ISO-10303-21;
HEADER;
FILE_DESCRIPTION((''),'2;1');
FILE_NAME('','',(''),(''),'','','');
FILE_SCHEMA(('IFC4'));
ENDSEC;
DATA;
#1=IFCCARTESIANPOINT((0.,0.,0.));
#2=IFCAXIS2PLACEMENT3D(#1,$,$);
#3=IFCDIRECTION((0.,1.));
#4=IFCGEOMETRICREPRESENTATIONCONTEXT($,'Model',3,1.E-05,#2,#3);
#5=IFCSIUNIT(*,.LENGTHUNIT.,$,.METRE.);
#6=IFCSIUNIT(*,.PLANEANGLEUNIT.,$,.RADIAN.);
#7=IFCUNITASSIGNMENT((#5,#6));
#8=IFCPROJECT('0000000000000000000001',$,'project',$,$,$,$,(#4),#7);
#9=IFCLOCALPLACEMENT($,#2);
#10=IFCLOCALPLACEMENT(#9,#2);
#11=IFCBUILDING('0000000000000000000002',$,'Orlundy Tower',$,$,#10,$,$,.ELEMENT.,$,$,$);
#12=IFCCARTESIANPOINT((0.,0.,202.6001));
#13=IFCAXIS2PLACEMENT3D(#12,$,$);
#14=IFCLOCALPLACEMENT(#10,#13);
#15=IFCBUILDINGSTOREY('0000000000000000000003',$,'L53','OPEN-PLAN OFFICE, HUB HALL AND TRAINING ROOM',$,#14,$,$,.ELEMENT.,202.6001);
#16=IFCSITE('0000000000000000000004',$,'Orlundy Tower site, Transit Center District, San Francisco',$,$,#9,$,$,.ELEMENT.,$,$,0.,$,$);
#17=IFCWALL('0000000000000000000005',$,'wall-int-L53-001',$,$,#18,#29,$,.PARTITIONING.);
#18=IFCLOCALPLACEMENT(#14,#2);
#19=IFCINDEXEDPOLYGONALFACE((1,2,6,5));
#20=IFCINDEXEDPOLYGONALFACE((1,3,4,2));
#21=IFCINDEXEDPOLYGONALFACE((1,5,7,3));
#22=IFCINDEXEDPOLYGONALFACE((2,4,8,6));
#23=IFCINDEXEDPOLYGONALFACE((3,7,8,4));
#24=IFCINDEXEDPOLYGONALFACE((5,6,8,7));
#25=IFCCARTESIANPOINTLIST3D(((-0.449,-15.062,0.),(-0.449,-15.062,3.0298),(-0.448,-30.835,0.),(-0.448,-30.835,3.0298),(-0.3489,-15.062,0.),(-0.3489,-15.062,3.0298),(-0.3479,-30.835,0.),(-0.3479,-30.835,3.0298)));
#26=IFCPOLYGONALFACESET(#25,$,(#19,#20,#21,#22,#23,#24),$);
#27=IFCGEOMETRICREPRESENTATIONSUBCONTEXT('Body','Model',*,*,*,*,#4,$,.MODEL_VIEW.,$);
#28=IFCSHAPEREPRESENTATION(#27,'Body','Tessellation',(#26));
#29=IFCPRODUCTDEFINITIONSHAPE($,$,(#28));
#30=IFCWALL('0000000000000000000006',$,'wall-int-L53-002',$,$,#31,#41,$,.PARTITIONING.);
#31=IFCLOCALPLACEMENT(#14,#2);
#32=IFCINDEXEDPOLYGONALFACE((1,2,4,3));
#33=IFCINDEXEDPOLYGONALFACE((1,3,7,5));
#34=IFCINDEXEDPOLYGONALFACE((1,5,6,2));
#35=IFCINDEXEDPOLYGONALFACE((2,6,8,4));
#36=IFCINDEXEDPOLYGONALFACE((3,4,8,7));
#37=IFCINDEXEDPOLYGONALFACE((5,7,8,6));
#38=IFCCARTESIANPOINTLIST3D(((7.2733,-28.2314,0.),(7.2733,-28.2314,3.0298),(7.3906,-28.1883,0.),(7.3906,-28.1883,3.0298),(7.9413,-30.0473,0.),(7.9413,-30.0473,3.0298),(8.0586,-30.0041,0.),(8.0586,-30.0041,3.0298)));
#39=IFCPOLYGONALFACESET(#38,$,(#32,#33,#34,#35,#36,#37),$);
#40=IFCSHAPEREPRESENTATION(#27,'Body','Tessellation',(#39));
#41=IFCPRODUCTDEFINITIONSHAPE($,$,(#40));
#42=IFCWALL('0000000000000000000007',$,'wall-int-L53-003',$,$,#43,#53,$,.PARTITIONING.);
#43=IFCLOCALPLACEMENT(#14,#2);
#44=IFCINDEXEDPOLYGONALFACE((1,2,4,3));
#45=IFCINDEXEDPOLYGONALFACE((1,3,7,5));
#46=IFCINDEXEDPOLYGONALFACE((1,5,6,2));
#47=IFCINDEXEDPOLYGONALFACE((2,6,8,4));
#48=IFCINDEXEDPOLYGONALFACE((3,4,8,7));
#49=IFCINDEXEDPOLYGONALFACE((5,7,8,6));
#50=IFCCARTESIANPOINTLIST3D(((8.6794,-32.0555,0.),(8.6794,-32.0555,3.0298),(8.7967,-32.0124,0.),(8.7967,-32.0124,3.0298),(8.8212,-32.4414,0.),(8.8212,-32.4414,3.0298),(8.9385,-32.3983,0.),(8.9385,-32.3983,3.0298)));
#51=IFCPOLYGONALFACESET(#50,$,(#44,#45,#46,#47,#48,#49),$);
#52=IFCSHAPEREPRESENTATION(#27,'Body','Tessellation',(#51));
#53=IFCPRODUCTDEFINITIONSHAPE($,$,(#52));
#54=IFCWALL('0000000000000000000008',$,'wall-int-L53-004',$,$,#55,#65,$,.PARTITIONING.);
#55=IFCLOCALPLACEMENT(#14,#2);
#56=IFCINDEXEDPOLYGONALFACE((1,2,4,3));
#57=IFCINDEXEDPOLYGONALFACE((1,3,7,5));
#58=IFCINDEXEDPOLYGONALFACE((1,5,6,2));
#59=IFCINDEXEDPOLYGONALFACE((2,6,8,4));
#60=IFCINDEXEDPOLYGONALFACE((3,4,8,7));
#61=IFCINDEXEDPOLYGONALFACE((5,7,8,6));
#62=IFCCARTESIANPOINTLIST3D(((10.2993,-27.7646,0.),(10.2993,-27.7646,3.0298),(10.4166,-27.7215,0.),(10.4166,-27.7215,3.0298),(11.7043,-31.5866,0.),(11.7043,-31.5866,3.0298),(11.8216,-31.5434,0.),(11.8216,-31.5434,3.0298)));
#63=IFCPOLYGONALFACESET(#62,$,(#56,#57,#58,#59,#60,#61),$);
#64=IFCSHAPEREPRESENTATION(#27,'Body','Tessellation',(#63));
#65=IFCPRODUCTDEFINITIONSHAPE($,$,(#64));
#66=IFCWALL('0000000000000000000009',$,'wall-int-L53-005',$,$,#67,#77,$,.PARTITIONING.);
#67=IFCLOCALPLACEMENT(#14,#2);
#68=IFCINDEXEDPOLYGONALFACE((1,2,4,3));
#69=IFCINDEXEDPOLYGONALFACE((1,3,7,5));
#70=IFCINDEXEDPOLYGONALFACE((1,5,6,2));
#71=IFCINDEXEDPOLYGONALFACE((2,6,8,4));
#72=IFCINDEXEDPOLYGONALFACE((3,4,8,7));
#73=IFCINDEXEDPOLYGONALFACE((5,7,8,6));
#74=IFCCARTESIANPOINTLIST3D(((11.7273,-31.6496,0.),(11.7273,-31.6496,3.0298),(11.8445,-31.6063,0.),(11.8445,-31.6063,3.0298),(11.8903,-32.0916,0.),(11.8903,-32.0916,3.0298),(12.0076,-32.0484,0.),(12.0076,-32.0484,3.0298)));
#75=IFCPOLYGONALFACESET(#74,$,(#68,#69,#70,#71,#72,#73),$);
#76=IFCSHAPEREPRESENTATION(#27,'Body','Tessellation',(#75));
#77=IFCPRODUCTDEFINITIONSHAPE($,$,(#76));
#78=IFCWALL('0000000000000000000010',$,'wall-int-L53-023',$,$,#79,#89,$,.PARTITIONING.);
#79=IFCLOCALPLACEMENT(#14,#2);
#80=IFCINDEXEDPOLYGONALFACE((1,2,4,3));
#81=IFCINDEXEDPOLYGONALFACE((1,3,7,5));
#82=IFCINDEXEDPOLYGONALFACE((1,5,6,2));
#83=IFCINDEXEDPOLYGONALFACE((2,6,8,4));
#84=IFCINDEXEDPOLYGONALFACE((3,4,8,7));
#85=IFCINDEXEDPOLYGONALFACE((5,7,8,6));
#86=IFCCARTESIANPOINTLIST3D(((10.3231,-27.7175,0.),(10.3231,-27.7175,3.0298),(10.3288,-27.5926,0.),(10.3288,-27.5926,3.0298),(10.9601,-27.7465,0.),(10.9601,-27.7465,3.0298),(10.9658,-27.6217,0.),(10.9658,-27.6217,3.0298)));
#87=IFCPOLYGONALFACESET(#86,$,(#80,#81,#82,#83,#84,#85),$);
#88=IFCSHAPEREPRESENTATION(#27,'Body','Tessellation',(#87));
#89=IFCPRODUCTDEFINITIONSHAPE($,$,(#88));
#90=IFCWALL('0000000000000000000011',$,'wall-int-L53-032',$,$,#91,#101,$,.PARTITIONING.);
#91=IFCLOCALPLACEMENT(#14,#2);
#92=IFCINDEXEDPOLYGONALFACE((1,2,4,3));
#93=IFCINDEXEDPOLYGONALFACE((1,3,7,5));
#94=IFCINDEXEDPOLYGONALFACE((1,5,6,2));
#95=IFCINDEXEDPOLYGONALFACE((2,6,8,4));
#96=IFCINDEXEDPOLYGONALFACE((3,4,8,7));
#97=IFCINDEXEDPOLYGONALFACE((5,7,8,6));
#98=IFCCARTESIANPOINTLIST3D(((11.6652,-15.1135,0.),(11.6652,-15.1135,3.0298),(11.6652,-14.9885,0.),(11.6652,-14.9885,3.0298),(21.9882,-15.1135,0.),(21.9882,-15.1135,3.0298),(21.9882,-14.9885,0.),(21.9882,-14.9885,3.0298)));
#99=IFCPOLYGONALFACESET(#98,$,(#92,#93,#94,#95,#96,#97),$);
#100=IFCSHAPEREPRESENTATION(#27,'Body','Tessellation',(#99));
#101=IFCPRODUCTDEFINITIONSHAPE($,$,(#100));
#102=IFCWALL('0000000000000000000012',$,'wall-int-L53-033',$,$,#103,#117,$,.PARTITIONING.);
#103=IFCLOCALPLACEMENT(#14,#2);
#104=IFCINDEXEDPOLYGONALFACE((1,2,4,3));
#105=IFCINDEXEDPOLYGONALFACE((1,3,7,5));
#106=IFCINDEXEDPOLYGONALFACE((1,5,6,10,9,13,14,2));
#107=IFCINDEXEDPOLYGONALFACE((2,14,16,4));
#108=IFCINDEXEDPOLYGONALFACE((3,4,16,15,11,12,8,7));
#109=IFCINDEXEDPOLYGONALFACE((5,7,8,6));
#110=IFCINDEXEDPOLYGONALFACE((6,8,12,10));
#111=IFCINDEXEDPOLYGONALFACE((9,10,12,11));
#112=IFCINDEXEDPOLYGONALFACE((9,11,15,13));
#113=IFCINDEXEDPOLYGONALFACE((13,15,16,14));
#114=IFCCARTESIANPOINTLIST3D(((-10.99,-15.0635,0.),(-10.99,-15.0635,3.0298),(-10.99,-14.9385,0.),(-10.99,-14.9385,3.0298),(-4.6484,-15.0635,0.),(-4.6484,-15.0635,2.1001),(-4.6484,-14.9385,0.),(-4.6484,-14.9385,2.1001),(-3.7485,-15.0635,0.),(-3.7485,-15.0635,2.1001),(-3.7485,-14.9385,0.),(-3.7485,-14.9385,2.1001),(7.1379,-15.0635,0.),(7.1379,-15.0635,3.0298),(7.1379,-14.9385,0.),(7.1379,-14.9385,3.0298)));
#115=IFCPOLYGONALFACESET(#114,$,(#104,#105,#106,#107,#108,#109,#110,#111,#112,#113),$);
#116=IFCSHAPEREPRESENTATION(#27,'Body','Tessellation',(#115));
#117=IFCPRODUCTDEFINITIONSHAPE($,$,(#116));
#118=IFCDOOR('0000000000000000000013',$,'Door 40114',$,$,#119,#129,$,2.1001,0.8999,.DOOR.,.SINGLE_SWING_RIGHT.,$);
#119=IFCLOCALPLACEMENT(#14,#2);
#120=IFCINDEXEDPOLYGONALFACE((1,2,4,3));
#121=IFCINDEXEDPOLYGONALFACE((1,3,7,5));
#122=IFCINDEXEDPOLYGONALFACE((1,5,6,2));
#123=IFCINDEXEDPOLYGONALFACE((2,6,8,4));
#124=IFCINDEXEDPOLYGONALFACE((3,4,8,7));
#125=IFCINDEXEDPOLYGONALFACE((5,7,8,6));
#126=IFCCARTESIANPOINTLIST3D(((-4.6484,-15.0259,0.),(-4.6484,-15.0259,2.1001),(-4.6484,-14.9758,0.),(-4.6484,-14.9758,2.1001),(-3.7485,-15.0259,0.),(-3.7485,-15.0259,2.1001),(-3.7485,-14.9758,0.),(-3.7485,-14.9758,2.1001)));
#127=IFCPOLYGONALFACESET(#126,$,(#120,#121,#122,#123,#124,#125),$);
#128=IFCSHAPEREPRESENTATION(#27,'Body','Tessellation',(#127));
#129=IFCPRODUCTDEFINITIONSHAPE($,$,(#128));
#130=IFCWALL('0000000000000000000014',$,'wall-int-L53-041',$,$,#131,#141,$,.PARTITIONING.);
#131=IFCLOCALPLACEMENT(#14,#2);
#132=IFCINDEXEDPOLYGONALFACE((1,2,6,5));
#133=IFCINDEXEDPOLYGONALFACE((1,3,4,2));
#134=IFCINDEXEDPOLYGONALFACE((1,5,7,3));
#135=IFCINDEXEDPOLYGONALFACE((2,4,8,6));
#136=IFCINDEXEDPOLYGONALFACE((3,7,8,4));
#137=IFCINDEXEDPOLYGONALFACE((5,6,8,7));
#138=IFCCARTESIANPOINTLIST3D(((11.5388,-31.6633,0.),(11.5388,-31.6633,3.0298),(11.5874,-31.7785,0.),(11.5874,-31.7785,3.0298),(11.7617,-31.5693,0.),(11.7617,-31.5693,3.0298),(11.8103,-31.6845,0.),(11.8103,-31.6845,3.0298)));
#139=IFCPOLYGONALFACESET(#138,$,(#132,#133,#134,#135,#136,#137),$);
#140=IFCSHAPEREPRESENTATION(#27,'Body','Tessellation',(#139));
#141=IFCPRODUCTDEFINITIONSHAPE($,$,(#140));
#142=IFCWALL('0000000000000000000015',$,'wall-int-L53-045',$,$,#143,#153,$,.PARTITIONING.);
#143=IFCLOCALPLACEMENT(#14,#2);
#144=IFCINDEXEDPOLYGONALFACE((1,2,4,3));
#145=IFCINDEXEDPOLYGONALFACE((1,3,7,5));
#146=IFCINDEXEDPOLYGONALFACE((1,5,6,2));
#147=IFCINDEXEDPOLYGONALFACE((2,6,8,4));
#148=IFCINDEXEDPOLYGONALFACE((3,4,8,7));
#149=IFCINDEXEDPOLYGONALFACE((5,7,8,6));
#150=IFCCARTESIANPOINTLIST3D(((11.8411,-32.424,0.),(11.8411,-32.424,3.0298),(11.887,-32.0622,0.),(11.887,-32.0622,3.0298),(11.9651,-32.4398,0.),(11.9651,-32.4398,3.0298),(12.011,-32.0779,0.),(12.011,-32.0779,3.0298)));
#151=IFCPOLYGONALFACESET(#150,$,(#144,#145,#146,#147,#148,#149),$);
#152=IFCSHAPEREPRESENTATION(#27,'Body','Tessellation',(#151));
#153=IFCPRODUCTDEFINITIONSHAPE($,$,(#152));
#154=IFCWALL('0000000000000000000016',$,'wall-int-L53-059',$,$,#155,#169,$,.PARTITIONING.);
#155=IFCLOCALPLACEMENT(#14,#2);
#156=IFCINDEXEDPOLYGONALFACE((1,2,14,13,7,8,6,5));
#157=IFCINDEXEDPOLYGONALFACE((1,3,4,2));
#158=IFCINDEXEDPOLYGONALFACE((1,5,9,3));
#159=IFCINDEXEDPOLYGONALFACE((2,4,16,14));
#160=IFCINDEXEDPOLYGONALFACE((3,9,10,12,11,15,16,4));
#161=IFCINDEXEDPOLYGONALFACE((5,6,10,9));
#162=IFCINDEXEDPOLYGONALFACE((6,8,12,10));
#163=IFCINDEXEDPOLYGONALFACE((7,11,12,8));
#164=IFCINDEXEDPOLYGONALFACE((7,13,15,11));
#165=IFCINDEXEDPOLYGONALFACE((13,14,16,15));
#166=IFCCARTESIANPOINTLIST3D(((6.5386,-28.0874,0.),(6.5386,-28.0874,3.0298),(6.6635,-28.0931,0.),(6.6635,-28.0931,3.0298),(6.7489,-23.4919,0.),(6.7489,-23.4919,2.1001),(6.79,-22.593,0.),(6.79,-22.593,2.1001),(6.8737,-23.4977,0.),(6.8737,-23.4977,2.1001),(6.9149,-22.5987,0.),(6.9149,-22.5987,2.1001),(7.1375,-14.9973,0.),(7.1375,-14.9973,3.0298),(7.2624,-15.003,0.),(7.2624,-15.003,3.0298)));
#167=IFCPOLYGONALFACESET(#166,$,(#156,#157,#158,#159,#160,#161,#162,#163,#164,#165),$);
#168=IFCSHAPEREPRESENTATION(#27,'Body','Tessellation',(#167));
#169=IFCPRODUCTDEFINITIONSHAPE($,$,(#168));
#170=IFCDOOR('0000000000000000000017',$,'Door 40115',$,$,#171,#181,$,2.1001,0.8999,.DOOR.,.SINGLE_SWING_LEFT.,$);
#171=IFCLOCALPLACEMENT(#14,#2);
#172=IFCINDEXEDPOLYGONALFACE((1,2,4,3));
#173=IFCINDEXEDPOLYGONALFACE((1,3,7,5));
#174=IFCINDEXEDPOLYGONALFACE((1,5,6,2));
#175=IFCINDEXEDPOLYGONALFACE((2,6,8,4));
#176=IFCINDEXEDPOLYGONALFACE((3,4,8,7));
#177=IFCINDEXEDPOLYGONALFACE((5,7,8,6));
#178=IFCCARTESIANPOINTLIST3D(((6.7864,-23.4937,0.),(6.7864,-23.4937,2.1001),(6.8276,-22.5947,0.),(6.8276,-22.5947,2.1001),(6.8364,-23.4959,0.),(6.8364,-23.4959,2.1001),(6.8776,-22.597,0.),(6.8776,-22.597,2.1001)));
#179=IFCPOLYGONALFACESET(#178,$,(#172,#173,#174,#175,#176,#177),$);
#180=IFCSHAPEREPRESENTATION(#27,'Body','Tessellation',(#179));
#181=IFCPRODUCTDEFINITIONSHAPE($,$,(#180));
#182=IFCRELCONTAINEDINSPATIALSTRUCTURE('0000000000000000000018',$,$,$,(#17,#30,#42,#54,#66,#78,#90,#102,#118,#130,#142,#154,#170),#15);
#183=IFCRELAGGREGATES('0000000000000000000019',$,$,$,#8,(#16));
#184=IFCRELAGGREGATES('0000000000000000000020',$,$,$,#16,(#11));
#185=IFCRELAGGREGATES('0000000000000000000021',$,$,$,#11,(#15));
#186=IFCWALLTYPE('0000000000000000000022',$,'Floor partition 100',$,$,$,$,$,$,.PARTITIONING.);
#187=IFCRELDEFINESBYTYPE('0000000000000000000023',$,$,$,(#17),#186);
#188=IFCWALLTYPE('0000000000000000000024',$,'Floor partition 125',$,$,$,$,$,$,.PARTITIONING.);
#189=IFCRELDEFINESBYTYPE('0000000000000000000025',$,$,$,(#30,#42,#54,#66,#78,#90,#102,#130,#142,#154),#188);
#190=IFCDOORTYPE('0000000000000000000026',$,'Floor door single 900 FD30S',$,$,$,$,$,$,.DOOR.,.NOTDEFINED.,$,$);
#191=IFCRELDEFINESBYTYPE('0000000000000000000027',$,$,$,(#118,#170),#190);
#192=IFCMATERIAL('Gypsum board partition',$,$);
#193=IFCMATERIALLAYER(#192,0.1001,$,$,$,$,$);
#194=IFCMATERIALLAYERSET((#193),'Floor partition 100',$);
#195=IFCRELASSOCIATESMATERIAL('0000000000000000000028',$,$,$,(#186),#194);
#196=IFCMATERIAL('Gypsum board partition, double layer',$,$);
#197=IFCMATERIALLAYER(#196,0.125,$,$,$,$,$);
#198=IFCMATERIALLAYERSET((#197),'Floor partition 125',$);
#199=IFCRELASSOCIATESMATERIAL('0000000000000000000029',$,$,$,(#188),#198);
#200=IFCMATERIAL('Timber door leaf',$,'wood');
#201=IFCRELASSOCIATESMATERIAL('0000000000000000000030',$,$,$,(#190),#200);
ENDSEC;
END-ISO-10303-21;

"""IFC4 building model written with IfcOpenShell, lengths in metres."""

from ifc_helpers import new_model, si_unit, direction, frame, frame_2d, origin, place, context, subcontext, project, spatial, rectangle, extrude, material, layer, layer_set, type_object, element, fill, save


model = new_model("IFC4")

# Units and contexts
model_context = context("Model", 3, precision=1e-05, world=origin(), true_north=direction((0.0, 1.0)))
body_context = subcontext(model_context, "Body", "Model", "MODEL_VIEW")
ifc_project = project(units=[si_unit("LENGTHUNIT", "METRE"), si_unit("PLANEANGLEUNIT", "RADIAN")], contexts=[model_context])

# Site, building, storey
site_placement = place(None, origin())
site = spatial("IfcSite", under=ifc_project, at=site_placement, Name="Orlundy Tower site, Transit Center District, San Francisco", CompositionType="ELEMENT", RefElevation=0.0)
building_placement = place(site_placement, origin())
building = spatial("IfcBuilding", under=site, at=building_placement, Name="Orlundy Tower", CompositionType="ELEMENT")
storey_placement = place(building_placement, frame((0.0, 0.0, 202.6001)))
storey = spatial("IfcBuildingStorey", under=building, at=storey_placement, Name="L53", Description="OPEN-PLAN OFFICE, HUB HALL AND TRAINING ROOM", CompositionType="ELEMENT", Elevation=202.6001)

# Walls
ifc_material_1 = material(Name="Gypsum board partition")
ifc_layer_1 = layer(ifc_material_1, 0.1001)
ifc_layer_set_1 = layer_set([ifc_layer_1], Name="Floor partition 100")
wall_type_1 = type_object("IfcWallType", Name="Floor partition 100", PredefinedType="PARTITIONING", material=ifc_layer_set_1)
wall_1_placement = place(storey_placement, frame((-0.3989, -15.062, 0.0), z_axis=(0.0, 0.0, 1.0), x_axis=(0.000062, -1.0, 0.0)))
element("IfcWall", 1, at=wall_1_placement, inside=storey, type_object=wall_type_1, Name="wall-int-L53-001", PredefinedType="PARTITIONING", context=body_context, shape_type="SweptSolid", body=[
    extrude(rectangle(XDim=15.7729, YDim=0.1001, at=frame_2d((7.8865, 0.0))), origin(), (0.0, 0.0, 1.0), 3.0298),
])
ifc_material_2 = material(Name="Gypsum board partition, double layer")
ifc_layer_2 = layer(ifc_material_2, 0.125)
ifc_layer_set_2 = layer_set([ifc_layer_2], Name="Floor partition 125")
wall_type_2 = type_object("IfcWallType", Name="Floor partition 125", PredefinedType="PARTITIONING", material=ifc_layer_set_2)
wall_2_placement = place(storey_placement, frame((7.332, -28.21, 0.0), z_axis=(0.0, 0.0, 1.0), x_axis=(0.345226, -0.93852, 0.0)))
element("IfcWall", 2, at=wall_2_placement, inside=storey, type_object=wall_type_2, Name="wall-int-L53-002", PredefinedType="PARTITIONING", context=body_context, shape_type="SweptSolid", body=[
    extrude(rectangle(XDim=1.9348, YDim=0.125, at=frame_2d((0.9673, 0.0))), origin(), (0.0, 0.0, 1.0), 3.0298),
])
wall_3_placement = place(storey_placement, frame((8.738, -32.0339, 0.0), z_axis=(0.0, 0.0, 1.0), x_axis=(0.344935, -0.938627, 0.0)))
element("IfcWall", 3, at=wall_3_placement, inside=storey, type_object=wall_type_2, Name="wall-int-L53-003", PredefinedType="PARTITIONING", context=body_context, shape_type="SweptSolid", body=[
    extrude(rectangle(XDim=0.4111, YDim=0.125, at=frame_2d((0.2056, 0.0))), origin(), (0.0, 0.0, 1.0), 3.0298),
])
wall_4_placement = place(storey_placement, frame((10.3579, -27.7429, 0.0), z_axis=(0.0, 0.0, 1.0), x_axis=(0.345038, -0.938589, 0.0)))
element("IfcWall", 4, at=wall_4_placement, inside=storey, type_object=wall_type_2, Name="wall-int-L53-004", PredefinedType="PARTITIONING", context=body_context, shape_type="SweptSolid", body=[
    extrude(rectangle(XDim=4.072, YDim=0.125, at=frame_2d((2.0361, 0.0))), origin(), (0.0, 0.0, 1.0), 3.0298),
])
wall_5_placement = place(storey_placement, frame((11.7859, -31.6279, 0.0), z_axis=(0.0, 0.0, 1.0), x_axis=(0.346065, -0.93821, 0.0)))
element("IfcWall", 5, at=wall_5_placement, inside=storey, type_object=wall_type_2, Name="wall-int-L53-005", PredefinedType="PARTITIONING", context=body_context, shape_type="SweptSolid", body=[
    extrude(rectangle(XDim=0.4712, YDim=0.125, at=frame_2d((0.2356, 0.0))), origin(), (0.0, 0.0, 1.0), 3.0298),
])
wall_6_placement = place(storey_placement, frame((10.3259, -27.655, 0.0), z_axis=(0.0, 0.0, 1.0), x_axis=(0.998961, -0.045564, 0.0)))
element("IfcWall", 6, at=wall_6_placement, inside=storey, type_object=wall_type_2, Name="wall-int-L53-023", PredefinedType="PARTITIONING", context=body_context, shape_type="SweptSolid", body=[
    extrude(rectangle(XDim=0.6377, YDim=0.125, at=frame_2d((0.3188, 0.0))), origin(), (0.0, 0.0, 1.0), 3.0298),
])
wall_7_placement = place(storey_placement, frame((11.665, -15.051, 0.0), z_axis=(0.0, 0.0, 1.0), x_axis=(1.0, 0.0, 0.0)))
element("IfcWall", 7, at=wall_7_placement, inside=storey, type_object=wall_type_2, Name="wall-int-L53-032", PredefinedType="PARTITIONING", context=body_context, shape_type="SweptSolid", body=[
    extrude(rectangle(XDim=10.323, YDim=0.125, at=frame_2d((5.1616, 0.0))), origin(), (0.0, 0.0, 1.0), 3.0298),
])

# Wall, opening, door
wall_8_placement = place(storey_placement, frame((7.1379, -15.001, 0.0), z_axis=(0.0, 0.0, 1.0), x_axis=(-1.0, 0.0, 0.0)))
wall_8 = element("IfcWall", 8, at=wall_8_placement, inside=storey, type_object=wall_type_2, Name="wall-int-L53-033", PredefinedType="PARTITIONING", context=body_context, shape_type="SweptSolid", body=[
    extrude(rectangle(XDim=18.1279, YDim=0.125, at=frame_2d((9.064, 0.0))), origin(), (0.0, 0.0, 1.0), 3.0298),
])
opening_1_placement = place(wall_8_placement, frame((10.8865, 0.0, 0.0)))
opening_1 = element("IfcOpeningElement", 9, at=opening_1_placement, cuts=wall_8, PredefinedType="OPENING", context=body_context, shape_type="SweptSolid", body=[
    extrude(rectangle(XDim=0.8999, YDim=2.1001, at=frame_2d((0.45, 1.05))), frame((0.0, 0.0725, 0.0), z_axis=(0.0, -1.0, 0.0), x_axis=(1.0, 0.0, 0.0)), (0.0, 0.0, 1.0), 0.145),
])
ifc_material_3 = material(Name="Timber door leaf", Category="wood")
door_type_1 = type_object("IfcDoorType", Name="Floor door single 900 FD30S", OperationType="NOTDEFINED", PredefinedType="DOOR", material=ifc_material_3)
door_1_placement = place(opening_1_placement, origin())
door_1 = element("IfcDoor", 10, at=door_1_placement, inside=storey, type_object=door_type_1, Name="Door 40114", OperationType="SINGLE_SWING_RIGHT", OverallHeight=2.1001, OverallWidth=0.8999, PredefinedType="DOOR", context=body_context, shape_type="SweptSolid", body=[
    extrude(rectangle(XDim=0.8999, YDim=2.1001, at=frame_2d((0.45, 1.05))), frame((0.0, 0.0249, 0.0), z_axis=(0.0, -1.0, 0.0), x_axis=(1.0, 0.0, 0.0)), (0.0, 0.0, 1.0), 0.05),
])
fill(opening_1, door_1)

# Walls
wall_9_placement = place(storey_placement, frame((11.563, -31.7209, 0.0), z_axis=(0.0, 0.0, 1.0), x_axis=(0.921426, 0.388553, 0.0)))
element("IfcWall", 11, at=wall_9_placement, inside=storey, type_object=wall_type_2, Name="wall-int-L53-041", PredefinedType="PARTITIONING", context=body_context, shape_type="SweptSolid", body=[
    extrude(rectangle(XDim=0.2419, YDim=0.125, at=frame_2d((0.1211, 0.0))), origin(), (0.0, 0.0, 1.0), 3.0298),
])
wall_10_placement = place(storey_placement, frame((11.9031, -32.4319, 0.0), z_axis=(0.0, 0.0, 1.0), x_axis=(0.125847, 0.99205, 0.0)))
element("IfcWall", 12, at=wall_10_placement, inside=storey, type_object=wall_type_2, Name="wall-int-L53-045", PredefinedType="PARTITIONING", context=body_context, shape_type="SweptSolid", body=[
    extrude(rectangle(XDim=0.3647, YDim=0.125, at=frame_2d((0.1824, 0.0))), origin(), (0.0, 0.0, 1.0), 3.0298),
])

# Wall, opening, door
wall_11_placement = place(storey_placement, frame((6.6011, -28.0901, 0.0), z_axis=(0.0, 0.0, 1.0), x_axis=(0.045703, 0.998955, 0.0)))
wall_11 = element("IfcWall", 13, at=wall_11_placement, inside=storey, type_object=wall_type_2, Name="wall-int-L53-059", PredefinedType="PARTITIONING", context=body_context, shape_type="SweptSolid", body=[
    extrude(rectangle(XDim=13.1038, YDim=0.125, at=frame_2d((6.5518, 0.0))), origin(), (0.0, 0.0, 1.0), 3.0298),
])
opening_2_placement = place(wall_11_placement, frame((4.6001, 0.0, 0.0)))
opening_2 = element("IfcOpeningElement", 14, at=opening_2_placement, cuts=wall_11, PredefinedType="OPENING", context=body_context, shape_type="SweptSolid", body=[
    extrude(rectangle(XDim=0.8999, YDim=2.1001, at=frame_2d((0.45, 1.05))), frame((0.0, 0.0725, 0.0), z_axis=(0.0, -1.0, 0.0), x_axis=(1.0, 0.0, 0.0)), (0.0, 0.0, 1.0), 0.145),
])
door_2_placement = place(opening_2_placement, origin())
door_2 = element("IfcDoor", 15, at=door_2_placement, inside=storey, type_object=door_type_1, Name="Door 40115", OperationType="SINGLE_SWING_LEFT", OverallHeight=2.1001, OverallWidth=0.8999, PredefinedType="DOOR", context=body_context, shape_type="SweptSolid", body=[
    extrude(rectangle(XDim=0.8999, YDim=2.1001, at=frame_2d((0.45, 1.05))), frame((0.0, 0.0249, 0.0), z_axis=(0.0, -1.0, 0.0), x_axis=(1.0, 0.0, 0.0)), (0.0, 0.0, 1.0), 0.05),
])
fill(opening_2, door_2)

save(model, "model.ifc")
